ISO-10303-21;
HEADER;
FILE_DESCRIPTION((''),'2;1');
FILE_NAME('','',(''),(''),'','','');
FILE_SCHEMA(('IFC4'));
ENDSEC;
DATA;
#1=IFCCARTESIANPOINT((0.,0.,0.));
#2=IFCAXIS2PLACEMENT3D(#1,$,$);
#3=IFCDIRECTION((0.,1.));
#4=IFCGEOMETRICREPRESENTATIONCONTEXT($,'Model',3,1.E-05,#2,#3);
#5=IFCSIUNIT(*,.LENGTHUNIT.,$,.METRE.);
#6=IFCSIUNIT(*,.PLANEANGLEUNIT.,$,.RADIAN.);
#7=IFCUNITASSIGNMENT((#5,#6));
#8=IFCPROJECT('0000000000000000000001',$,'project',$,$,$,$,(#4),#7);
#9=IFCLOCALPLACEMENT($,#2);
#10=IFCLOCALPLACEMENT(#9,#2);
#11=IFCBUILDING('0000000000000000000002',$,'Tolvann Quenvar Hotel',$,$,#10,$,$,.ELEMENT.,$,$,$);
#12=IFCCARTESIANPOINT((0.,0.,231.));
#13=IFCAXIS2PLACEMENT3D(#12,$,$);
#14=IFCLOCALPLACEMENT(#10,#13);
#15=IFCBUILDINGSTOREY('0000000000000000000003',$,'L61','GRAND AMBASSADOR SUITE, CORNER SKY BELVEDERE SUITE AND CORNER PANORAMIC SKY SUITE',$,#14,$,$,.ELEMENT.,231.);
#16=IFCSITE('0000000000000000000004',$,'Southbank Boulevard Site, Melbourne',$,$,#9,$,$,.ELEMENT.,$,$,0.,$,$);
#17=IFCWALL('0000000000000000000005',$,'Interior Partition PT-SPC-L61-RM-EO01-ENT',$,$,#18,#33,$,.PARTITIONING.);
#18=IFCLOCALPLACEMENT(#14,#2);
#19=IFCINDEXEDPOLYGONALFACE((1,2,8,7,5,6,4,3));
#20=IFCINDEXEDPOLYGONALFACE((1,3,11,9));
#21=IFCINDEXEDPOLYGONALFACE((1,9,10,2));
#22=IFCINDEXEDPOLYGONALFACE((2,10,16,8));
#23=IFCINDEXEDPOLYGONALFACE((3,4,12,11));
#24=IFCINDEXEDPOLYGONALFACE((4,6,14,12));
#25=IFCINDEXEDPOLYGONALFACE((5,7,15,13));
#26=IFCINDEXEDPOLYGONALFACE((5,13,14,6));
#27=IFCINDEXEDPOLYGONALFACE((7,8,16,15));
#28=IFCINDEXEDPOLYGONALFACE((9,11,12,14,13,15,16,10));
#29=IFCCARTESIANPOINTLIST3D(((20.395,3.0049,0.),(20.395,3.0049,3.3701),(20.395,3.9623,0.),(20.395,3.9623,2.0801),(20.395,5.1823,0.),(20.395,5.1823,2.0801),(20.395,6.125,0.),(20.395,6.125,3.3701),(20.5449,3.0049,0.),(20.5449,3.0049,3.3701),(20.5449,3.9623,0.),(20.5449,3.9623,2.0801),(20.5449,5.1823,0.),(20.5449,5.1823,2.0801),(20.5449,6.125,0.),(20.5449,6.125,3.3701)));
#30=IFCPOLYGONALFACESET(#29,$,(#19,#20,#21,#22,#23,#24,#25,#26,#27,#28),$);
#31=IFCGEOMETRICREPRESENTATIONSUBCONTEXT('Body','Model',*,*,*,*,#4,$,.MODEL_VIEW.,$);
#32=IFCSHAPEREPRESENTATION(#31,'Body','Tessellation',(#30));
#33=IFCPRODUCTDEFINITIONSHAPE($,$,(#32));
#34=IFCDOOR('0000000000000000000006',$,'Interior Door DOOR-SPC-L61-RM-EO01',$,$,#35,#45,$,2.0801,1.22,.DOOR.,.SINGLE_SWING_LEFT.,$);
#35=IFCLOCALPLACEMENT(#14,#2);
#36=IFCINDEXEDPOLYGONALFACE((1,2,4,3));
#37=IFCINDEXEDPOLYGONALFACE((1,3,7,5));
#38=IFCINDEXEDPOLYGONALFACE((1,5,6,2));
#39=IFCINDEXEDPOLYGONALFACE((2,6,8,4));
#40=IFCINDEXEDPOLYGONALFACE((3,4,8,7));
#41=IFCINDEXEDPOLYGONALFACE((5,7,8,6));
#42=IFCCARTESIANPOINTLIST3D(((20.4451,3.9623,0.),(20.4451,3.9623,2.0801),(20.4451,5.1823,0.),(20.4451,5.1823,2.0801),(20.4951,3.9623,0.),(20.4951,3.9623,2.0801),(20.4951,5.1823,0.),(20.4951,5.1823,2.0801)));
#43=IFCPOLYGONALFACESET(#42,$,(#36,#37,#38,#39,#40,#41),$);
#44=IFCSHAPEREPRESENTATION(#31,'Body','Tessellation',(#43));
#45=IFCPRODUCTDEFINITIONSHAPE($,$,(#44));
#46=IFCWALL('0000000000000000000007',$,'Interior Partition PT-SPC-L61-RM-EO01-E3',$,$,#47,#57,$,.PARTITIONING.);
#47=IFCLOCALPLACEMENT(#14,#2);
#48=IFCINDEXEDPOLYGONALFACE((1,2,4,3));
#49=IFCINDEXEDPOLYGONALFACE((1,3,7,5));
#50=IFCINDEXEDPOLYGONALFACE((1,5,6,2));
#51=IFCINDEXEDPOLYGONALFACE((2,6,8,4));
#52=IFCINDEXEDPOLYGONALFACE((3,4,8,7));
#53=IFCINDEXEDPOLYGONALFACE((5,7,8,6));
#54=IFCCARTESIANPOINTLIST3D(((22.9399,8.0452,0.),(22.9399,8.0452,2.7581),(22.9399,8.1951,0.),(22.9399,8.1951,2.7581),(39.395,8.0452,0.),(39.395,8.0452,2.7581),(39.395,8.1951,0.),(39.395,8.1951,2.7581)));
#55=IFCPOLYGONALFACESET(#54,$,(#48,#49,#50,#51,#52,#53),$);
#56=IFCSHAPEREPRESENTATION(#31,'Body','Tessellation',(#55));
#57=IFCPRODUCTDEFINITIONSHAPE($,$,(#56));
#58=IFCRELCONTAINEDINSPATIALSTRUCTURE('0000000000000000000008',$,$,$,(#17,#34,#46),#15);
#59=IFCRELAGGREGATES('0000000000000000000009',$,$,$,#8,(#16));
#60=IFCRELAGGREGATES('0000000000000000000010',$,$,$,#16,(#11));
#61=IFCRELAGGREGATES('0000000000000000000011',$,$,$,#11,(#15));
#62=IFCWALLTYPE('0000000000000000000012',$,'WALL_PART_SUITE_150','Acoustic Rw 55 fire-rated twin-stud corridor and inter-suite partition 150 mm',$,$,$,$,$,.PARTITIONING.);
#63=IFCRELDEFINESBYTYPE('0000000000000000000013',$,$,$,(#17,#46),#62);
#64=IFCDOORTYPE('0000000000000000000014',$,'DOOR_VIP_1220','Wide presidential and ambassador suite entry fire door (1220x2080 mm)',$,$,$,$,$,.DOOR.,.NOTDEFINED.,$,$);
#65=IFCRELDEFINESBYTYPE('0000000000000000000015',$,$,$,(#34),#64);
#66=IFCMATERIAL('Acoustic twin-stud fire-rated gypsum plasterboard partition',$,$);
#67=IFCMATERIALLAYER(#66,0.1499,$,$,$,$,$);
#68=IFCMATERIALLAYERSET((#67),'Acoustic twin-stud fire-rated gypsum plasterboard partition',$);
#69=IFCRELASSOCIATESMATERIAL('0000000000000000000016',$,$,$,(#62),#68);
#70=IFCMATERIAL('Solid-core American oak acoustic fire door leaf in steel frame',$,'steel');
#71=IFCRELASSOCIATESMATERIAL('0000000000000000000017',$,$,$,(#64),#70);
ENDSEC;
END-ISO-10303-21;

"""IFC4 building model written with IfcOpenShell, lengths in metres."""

from ifc_helpers import new_model, si_unit, direction, frame, frame_2d, origin, place, context, subcontext, project, spatial, rectangle, extrude, source, transform, mapped, material, layer, layer_set, type_object, type_shapes, element, fill, save


model = new_model("IFC4")

# Units and contexts
model_context = context("Model", 3, precision=1e-05, world=origin(), true_north=direction((0.0, 1.0)))
body_context = subcontext(model_context, "Body", "Model", "MODEL_VIEW")
ifc_project = project(units=[si_unit("LENGTHUNIT", "METRE"), si_unit("PLANEANGLEUNIT", "RADIAN")], contexts=[model_context])

# Site, building, storey
site_placement = place(None, origin())
site = spatial("IfcSite", under=ifc_project, at=site_placement, Name="Southbank Boulevard Site, Melbourne", CompositionType="ELEMENT", RefElevation=0.0)
building_placement = place(site_placement, origin())
building = spatial("IfcBuilding", under=site, at=building_placement, Name="Tolvann Quenvar Hotel", CompositionType="ELEMENT")
storey_placement = place(building_placement, frame((0.0, 0.0, 231.0)))
storey = spatial("IfcBuildingStorey", under=building, at=storey_placement, Name="L61", Description="GRAND AMBASSADOR SUITE, CORNER SKY BELVEDERE SUITE AND CORNER PANORAMIC SKY SUITE", CompositionType="ELEMENT", Elevation=231.0)

# Shared definitions
ifc_material_1 = material(Name="Acoustic twin-stud fire-rated gypsum plasterboard partition")
ifc_layer_1 = layer(ifc_material_1, 0.1499)
ifc_layer_set_1 = layer_set([ifc_layer_1], Name="Acoustic twin-stud fire-rated gypsum plasterboard partition")
wall_type_1 = type_object("IfcWallType", Name="WALL_PART_SUITE_150", Description="Acoustic Rw 55 fire-rated twin-stud corridor and inter-suite partition 150 mm", PredefinedType="PARTITIONING", material=ifc_layer_set_1)

# Wall, opening, door
wall_1_placement = place(storey_placement, frame((20.47, 3.0049, 0.0), z_axis=(0.0, 0.0, 1.0), x_axis=(0.0, 1.0, 0.0)))
wall_1 = element("IfcWall", 1, at=wall_1_placement, inside=storey, type_object=wall_type_1, Name="Interior Partition PT-SPC-L61-RM-EO01-ENT", PredefinedType="PARTITIONING", context=body_context, shape_type="SweptSolid", body=[
    extrude(rectangle(XDim=3.1201, YDim=0.1499, at=frame_2d((1.5601, 0.0))), origin(), (0.0, 0.0, 1.0), 3.3701),
])
opening_placement = place(wall_1_placement, frame((0.9575, 0.0, 0.0)))
opening = element("IfcOpeningElement", 2, at=opening_placement, cuts=wall_1, PredefinedType="OPENING", context=body_context, shape_type="SweptSolid", body=[
    extrude(rectangle(XDim=1.22, YDim=2.0801, at=frame_2d((0.6099, 1.04))), frame((0.0, 0.085, 0.0), z_axis=(0.0, -1.0, 0.0), x_axis=(1.0, 0.0, 0.0)), (0.0, 0.0, 1.0), 0.1699),
])
ifc_material_2 = material(Name="Solid-core American oak acoustic fire door leaf in steel frame", Category="steel")
door_type = type_object("IfcDoorType", Name="DOOR_VIP_1220", Description="Wide presidential and ambassador suite entry fire door (1220x2080 mm)", OperationType="NOTDEFINED", PredefinedType="DOOR", material=ifc_material_2)
shared_shape_1 = source(origin(), body_context, "Body", "SweptSolid", [
    extrude(rectangle(XDim=1.22, YDim=2.0801, at=frame_2d((0.6099, 1.04))), frame((0.0, 0.0249, 0.0), z_axis=(0.0, -1.0, 0.0), x_axis=(1.0, 0.0, 0.0)), (0.0, 0.0, 1.0), 0.05),
])
type_shapes(door_type, [shared_shape_1])
door_placement = place(opening_placement, origin())
door = element("IfcDoor", 3, at=door_placement, inside=storey, type_object=door_type, Name="Interior Door DOOR-SPC-L61-RM-EO01", OperationType="SINGLE_SWING_LEFT", OverallHeight=2.0801, OverallWidth=1.22, PredefinedType="DOOR", context=body_context, shape_type="MappedRepresentation", body=[
    mapped(shared_shape_1, transform((0.0, 0.0, 0.0), x_axis=(1.0, 0.0, 0.0), y_axis=(0.0, 1.0, 0.0), z_axis=(0.0, 0.0, 1.0), scale=1.0)),
])
fill(opening, door)

# Wall
wall_2_placement = place(storey_placement, frame((22.9399, 8.1201, 0.0), z_axis=(0.0, 0.0, 1.0), x_axis=(1.0, 0.0, 0.0)))
element("IfcWall", 4, at=wall_2_placement, inside=storey, type_object=wall_type_1, Name="Interior Partition PT-SPC-L61-RM-EO01-E3", PredefinedType="PARTITIONING", context=body_context, shape_type="SweptSolid", body=[
    extrude(rectangle(XDim=16.4551, YDim=0.1499, at=frame_2d((8.2275, 0.0))), origin(), (0.0, 0.0, 1.0), 2.7581),
])

save(model, "model.ifc")
